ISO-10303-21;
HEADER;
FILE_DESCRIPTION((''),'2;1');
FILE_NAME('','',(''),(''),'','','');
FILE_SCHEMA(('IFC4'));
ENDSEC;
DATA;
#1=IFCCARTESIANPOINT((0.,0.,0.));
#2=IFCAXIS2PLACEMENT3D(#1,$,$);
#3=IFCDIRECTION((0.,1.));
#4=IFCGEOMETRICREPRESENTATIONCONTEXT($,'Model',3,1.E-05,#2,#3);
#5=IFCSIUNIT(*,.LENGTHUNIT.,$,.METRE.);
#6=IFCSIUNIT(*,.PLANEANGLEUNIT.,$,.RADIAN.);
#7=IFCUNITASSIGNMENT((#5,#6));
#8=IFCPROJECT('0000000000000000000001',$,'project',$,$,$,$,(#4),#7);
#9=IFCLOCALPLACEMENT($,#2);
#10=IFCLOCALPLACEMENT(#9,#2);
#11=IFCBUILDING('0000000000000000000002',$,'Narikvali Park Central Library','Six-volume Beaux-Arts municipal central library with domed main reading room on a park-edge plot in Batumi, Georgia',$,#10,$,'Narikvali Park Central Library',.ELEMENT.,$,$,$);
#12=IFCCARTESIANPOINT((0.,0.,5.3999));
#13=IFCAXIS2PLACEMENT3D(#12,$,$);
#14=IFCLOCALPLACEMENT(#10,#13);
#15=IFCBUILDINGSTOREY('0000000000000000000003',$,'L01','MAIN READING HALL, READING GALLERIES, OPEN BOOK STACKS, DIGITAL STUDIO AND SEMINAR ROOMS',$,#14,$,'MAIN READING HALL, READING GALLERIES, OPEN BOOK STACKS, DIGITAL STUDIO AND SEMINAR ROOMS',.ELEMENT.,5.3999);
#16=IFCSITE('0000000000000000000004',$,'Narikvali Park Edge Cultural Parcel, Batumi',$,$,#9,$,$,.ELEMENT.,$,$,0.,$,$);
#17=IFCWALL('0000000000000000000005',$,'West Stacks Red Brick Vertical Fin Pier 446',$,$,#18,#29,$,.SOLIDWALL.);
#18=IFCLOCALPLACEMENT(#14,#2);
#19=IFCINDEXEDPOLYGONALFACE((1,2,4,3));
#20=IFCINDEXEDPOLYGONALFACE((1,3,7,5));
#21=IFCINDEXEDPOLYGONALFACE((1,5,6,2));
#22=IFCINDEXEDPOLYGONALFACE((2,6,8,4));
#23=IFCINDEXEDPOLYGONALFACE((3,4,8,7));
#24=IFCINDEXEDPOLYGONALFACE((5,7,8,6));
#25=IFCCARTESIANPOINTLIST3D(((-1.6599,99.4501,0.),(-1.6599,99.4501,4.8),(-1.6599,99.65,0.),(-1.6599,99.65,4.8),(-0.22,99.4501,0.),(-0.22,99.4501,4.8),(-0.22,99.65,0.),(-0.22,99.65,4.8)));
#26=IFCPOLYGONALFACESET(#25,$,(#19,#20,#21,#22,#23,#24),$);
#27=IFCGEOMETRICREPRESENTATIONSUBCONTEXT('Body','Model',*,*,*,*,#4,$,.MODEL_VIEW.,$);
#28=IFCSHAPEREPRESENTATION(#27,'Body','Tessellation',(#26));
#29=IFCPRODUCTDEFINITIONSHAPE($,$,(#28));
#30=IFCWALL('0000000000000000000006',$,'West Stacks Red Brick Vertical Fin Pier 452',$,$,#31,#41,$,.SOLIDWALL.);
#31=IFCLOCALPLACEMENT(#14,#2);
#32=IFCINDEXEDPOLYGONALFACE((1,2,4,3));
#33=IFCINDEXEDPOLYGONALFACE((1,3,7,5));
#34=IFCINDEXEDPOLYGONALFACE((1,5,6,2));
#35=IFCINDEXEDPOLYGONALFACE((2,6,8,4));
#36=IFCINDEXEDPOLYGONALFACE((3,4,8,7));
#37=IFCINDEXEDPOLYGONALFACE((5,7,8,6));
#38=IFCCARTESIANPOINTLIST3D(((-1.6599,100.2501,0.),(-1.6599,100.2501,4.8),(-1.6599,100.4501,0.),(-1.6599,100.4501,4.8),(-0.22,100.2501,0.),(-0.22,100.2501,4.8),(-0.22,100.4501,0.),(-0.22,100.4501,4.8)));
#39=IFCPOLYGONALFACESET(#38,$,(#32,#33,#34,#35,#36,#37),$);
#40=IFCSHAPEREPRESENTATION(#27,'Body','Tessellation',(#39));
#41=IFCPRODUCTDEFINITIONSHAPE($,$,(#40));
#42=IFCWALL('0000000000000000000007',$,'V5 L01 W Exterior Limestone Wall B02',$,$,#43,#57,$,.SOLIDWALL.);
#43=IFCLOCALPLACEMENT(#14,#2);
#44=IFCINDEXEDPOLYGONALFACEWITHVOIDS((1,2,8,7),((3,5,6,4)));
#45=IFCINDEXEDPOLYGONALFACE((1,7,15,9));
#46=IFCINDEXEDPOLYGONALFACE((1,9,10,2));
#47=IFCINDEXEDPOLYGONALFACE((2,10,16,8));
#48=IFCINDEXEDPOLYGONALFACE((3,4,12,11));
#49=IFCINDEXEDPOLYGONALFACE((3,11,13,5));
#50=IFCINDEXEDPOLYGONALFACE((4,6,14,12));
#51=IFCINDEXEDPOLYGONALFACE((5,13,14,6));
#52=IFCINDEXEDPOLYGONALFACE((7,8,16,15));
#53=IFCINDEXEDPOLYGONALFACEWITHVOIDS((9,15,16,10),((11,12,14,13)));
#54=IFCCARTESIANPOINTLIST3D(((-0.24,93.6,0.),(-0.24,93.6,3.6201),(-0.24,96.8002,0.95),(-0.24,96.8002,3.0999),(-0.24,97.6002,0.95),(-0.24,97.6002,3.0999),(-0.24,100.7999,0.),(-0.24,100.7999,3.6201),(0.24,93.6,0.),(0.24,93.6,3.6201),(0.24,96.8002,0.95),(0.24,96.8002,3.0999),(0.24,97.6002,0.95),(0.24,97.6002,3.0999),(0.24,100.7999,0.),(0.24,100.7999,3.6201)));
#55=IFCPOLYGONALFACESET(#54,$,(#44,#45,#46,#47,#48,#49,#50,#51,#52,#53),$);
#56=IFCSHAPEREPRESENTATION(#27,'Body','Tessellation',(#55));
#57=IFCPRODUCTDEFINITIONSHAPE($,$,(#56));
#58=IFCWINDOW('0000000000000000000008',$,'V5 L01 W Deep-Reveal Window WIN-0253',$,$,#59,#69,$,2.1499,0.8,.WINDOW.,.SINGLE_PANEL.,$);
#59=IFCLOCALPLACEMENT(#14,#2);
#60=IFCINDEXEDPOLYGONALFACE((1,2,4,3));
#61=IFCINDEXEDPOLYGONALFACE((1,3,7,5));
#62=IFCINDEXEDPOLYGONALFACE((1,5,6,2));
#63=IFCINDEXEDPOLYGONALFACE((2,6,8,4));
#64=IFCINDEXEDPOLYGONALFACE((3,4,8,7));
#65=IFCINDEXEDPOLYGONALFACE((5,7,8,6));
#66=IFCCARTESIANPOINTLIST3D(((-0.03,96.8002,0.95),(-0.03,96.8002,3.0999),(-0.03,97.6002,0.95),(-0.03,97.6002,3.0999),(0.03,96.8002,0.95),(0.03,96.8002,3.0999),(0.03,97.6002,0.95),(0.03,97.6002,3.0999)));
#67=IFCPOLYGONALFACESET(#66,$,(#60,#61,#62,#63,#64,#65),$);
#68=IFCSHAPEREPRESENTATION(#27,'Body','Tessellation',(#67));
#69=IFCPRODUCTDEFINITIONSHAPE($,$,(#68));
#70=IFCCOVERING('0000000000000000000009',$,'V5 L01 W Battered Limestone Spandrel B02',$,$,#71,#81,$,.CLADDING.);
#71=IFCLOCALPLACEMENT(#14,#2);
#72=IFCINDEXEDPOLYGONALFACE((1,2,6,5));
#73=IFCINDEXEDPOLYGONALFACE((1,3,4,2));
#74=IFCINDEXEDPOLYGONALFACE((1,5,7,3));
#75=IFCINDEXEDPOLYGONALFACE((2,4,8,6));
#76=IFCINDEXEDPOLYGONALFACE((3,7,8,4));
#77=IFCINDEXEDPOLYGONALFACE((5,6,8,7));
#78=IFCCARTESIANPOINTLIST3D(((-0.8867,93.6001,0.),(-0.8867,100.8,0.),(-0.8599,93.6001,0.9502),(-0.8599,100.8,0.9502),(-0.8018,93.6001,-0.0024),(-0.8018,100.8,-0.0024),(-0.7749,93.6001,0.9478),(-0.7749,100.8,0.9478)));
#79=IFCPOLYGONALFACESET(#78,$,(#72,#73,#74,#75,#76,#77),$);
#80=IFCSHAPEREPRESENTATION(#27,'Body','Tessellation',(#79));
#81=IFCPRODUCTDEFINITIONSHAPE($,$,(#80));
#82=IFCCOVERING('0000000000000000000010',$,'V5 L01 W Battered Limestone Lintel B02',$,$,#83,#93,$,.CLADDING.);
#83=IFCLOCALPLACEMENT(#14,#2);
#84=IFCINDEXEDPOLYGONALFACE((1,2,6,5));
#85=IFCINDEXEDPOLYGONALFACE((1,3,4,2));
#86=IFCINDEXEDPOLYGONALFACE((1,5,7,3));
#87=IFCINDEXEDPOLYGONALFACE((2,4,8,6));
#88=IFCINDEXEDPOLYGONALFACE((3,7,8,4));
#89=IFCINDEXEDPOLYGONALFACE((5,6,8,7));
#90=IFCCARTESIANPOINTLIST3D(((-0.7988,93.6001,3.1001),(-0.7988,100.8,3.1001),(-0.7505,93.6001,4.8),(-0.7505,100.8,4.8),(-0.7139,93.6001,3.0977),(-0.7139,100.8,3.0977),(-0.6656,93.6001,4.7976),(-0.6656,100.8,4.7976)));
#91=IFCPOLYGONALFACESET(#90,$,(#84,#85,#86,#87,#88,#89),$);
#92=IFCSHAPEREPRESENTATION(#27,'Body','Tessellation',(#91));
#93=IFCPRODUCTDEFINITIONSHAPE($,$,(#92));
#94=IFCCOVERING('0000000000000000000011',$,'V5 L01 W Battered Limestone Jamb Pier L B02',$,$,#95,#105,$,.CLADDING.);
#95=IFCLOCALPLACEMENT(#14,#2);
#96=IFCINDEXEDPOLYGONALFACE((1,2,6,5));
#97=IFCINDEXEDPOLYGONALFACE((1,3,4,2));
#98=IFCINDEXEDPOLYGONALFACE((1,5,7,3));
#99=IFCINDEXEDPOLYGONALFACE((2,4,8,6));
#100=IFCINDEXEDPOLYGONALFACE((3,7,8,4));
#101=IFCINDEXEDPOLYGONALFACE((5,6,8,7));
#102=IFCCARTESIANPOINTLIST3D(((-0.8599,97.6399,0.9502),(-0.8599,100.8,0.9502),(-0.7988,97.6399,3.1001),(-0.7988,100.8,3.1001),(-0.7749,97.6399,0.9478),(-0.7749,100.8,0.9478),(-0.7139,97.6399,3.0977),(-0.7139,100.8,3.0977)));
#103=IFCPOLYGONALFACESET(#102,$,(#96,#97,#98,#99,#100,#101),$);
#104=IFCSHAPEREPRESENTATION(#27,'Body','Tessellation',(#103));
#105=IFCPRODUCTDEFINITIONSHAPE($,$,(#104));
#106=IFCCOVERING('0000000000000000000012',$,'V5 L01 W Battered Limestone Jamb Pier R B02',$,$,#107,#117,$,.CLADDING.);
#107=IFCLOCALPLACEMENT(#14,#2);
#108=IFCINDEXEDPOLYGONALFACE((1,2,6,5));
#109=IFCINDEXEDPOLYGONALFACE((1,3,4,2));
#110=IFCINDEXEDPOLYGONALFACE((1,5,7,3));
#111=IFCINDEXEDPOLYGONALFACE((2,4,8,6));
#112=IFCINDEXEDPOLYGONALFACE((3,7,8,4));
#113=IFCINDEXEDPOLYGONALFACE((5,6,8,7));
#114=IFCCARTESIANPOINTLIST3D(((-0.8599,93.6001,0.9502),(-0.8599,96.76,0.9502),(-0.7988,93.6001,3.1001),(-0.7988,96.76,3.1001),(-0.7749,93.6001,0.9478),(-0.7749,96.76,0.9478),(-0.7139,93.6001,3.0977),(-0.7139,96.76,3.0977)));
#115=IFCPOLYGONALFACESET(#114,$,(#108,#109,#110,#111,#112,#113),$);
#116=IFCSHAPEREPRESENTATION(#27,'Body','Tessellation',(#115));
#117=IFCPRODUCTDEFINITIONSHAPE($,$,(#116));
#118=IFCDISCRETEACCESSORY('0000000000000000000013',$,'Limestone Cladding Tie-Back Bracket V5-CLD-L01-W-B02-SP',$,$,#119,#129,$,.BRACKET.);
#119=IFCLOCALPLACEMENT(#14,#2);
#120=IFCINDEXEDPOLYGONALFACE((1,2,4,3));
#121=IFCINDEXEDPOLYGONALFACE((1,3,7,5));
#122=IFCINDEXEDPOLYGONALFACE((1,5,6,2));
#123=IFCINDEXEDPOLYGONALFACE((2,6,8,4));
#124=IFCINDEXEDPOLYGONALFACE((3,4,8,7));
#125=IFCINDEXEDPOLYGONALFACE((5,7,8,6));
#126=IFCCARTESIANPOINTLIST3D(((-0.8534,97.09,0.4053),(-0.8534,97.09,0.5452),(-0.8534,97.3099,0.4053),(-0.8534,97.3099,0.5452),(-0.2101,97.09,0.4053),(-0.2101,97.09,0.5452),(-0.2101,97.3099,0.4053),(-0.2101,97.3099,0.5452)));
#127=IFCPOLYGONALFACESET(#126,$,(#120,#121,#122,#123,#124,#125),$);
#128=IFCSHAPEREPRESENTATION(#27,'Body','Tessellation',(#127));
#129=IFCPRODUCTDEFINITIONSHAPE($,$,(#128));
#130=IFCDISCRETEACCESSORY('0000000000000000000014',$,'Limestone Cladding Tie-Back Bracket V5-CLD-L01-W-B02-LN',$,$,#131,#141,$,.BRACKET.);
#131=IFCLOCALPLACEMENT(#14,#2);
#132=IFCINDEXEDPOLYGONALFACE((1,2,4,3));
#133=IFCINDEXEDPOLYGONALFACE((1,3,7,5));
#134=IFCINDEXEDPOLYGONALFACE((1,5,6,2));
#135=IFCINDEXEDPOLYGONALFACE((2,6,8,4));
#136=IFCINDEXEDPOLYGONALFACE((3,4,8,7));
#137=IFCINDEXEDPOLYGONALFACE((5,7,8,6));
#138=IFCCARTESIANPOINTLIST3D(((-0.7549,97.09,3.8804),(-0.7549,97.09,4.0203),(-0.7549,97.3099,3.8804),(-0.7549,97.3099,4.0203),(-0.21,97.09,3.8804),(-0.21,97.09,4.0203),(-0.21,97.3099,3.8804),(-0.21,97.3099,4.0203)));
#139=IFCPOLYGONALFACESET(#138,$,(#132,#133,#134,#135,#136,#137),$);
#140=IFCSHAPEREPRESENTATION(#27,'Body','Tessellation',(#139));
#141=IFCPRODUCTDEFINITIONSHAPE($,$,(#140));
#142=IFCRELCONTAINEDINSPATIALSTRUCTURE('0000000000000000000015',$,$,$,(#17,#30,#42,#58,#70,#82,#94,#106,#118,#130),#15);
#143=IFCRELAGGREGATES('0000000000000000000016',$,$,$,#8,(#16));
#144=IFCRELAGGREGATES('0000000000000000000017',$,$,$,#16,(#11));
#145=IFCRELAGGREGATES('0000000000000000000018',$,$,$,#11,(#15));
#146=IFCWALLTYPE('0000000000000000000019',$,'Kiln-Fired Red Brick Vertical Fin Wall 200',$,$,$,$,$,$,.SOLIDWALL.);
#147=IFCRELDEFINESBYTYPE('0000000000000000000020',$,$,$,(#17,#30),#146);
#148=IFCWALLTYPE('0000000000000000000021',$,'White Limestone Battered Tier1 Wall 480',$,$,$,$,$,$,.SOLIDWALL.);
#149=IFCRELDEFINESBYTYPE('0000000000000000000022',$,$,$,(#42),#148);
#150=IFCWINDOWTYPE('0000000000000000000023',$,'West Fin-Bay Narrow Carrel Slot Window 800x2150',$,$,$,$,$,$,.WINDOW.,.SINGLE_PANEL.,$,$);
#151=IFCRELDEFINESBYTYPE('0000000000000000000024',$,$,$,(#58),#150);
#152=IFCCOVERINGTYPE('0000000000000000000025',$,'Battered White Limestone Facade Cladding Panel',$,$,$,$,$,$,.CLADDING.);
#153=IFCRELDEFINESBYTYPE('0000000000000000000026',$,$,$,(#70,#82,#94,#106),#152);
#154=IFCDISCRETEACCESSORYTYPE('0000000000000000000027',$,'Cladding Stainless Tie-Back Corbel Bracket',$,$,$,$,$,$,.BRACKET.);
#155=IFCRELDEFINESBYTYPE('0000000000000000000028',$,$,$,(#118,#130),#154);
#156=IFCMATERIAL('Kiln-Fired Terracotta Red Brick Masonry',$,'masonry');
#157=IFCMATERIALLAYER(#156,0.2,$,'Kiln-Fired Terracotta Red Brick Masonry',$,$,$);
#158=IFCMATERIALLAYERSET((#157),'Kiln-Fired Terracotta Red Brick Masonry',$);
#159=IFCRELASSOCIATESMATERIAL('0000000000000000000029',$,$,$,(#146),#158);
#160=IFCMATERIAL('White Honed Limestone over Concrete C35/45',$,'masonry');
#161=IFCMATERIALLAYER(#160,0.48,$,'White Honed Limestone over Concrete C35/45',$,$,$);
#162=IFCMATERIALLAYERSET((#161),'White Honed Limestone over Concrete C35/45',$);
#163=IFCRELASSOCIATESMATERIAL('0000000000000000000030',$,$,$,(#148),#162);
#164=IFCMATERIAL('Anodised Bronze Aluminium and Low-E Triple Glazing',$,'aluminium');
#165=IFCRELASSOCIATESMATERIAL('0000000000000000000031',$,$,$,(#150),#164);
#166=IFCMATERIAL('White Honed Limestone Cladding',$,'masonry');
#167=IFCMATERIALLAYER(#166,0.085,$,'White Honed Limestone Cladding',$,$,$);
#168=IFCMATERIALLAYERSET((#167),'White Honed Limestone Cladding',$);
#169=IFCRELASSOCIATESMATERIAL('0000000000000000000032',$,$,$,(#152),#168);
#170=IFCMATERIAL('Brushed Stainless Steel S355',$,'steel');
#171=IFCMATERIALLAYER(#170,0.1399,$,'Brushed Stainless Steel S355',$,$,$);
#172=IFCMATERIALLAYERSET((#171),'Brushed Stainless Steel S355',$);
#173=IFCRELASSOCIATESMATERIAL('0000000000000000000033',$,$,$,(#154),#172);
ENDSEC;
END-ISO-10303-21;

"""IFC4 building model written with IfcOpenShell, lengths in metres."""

from ifc_helpers import new_model, si_unit, direction, frame, frame_2d, origin, origin_2d, place, context, subcontext, project, spatial, polyline, rectangle, outline, extrude, material, layer, layer_set, type_object, element, fill, save


model = new_model("IFC4")

# Units and contexts
model_context = context("Model", 3, precision=1e-05, world=origin(), true_north=direction((0.0, 1.0)))
body_context = subcontext(model_context, "Body", "Model", "MODEL_VIEW")
ifc_project = project(units=[si_unit("LENGTHUNIT", "METRE"), si_unit("PLANEANGLEUNIT", "RADIAN")], contexts=[model_context])

# Site, building, storey
site_placement = place(None, origin())
site = spatial("IfcSite", under=ifc_project, at=site_placement, Name="Narikvali Park Edge Cultural Parcel, Batumi", CompositionType="ELEMENT", RefElevation=0.0)
building_placement = place(site_placement, origin())
building = spatial("IfcBuilding", under=site, at=building_placement, Name="Narikvali Park Central Library", Description="Six-volume Beaux-Arts municipal central library with domed main reading room on a park-edge plot in Batumi, Georgia", LongName="Narikvali Park Central Library", CompositionType="ELEMENT")
storey_placement = place(building_placement, frame((0.0, 0.0, 5.3999)))
storey = spatial("IfcBuildingStorey", under=building, at=storey_placement, Name="L01", Description="MAIN READING HALL, READING GALLERIES, OPEN BOOK STACKS, DIGITAL STUDIO AND SEMINAR ROOMS", LongName="MAIN READING HALL, READING GALLERIES, OPEN BOOK STACKS, DIGITAL STUDIO AND SEMINAR ROOMS", CompositionType="ELEMENT", Elevation=5.3999)

# Walls
ifc_material_1 = material(Name="Kiln-Fired Terracotta Red Brick Masonry", Category="masonry")
ifc_layer_1 = layer(ifc_material_1, 0.2, Name="Kiln-Fired Terracotta Red Brick Masonry")
ifc_layer_set_1 = layer_set([ifc_layer_1], Name="Kiln-Fired Terracotta Red Brick Masonry")
wall_type_1 = type_object("IfcWallType", Name="Kiln-Fired Red Brick Vertical Fin Wall 200", PredefinedType="SOLIDWALL", material=ifc_layer_set_1)
for number, where, z_axis, x_axis, name in (
    (1, (-1.6599, 99.55, 0.0), (0.0, 0.0, 1.0), (1.0, 0.0, 0.0), "West Stacks Red Brick Vertical Fin Pier 446"),
    (2, (-1.6599, 100.3501, 0.0), (0.0, 0.0, 1.0), (1.0, 0.0, 0.0), "West Stacks Red Brick Vertical Fin Pier 452"),
):
    element("IfcWall", number, at=place(storey_placement, frame(where, z_axis=z_axis, x_axis=x_axis)), inside=storey, type_object=wall_type_1, Name=name, PredefinedType="SOLIDWALL", context=body_context, shape_type="SweptSolid", body=[
        extrude(rectangle(XDim=1.4399, YDim=0.2, at=frame_2d((0.72, 0.0))), origin(), (0.0, 0.0, 1.0), 4.8),
    ])

# Wall, opening, window
ifc_material_2 = material(Name="White Honed Limestone over Concrete C35/45", Category="masonry")
ifc_layer_2 = layer(ifc_material_2, 0.48, Name="White Honed Limestone over Concrete C35/45")
ifc_layer_set_2 = layer_set([ifc_layer_2], Name="White Honed Limestone over Concrete C35/45")
wall_type_2 = type_object("IfcWallType", Name="White Limestone Battered Tier1 Wall 480", PredefinedType="SOLIDWALL", material=ifc_layer_set_2)
wall_placement = place(storey_placement, frame((0.0, 100.8, 0.0), z_axis=(0.0, 0.0, 1.0), x_axis=(0.0, -1.0, 0.0)))
wall = element("IfcWall", 3, at=wall_placement, inside=storey, type_object=wall_type_2, Name="V5 L01 W Exterior Limestone Wall B02", PredefinedType="SOLIDWALL", context=body_context, shape_type="SweptSolid", body=[
    extrude(rectangle(XDim=7.2, YDim=0.48, at=frame_2d((3.6001, 0.0))), origin(), (0.0, 0.0, 1.0), 3.6201),
])
opening_placement = place(wall_placement, frame((3.2, 0.0, 0.95)))
opening = element("IfcOpeningElement", 4, at=opening_placement, cuts=wall, PredefinedType="OPENING", context=body_context, shape_type="SweptSolid", body=[
    extrude(rectangle(XDim=0.8, YDim=2.1499, at=frame_2d((0.3999, 1.075))), frame((0.0, 0.252, 0.0), z_axis=(0.0, -1.0, 0.0), x_axis=(1.0, 0.0, 0.0)), (0.0, 0.0, 1.0), 0.5039),
])
ifc_material_3 = material(Name="Anodised Bronze Aluminium and Low-E Triple Glazing", Category="aluminium")
window_type = type_object("IfcWindowType", Name="West Fin-Bay Narrow Carrel Slot Window 800x2150", PartitioningType="SINGLE_PANEL", PredefinedType="WINDOW", material=ifc_material_3)
window_placement = place(opening_placement, origin())
window = element("IfcWindow", 5, at=window_placement, inside=storey, type_object=window_type, Name="V5 L01 W Deep-Reveal Window WIN-0253", OverallHeight=2.1499, OverallWidth=0.8, PartitioningType="SINGLE_PANEL", PredefinedType="WINDOW", context=body_context, shape_type="SweptSolid", body=[
    extrude(rectangle(XDim=0.8, YDim=2.1499, at=frame_2d((0.3999, 1.075))), frame((0.0, 0.03, 0.0), z_axis=(0.0, -1.0, 0.0), x_axis=(1.0, 0.0, 0.0)), (0.0, 0.0, 1.0), 0.0601),
])
fill(opening, window)

# Coverings
ifc_material_4 = material(Name="White Honed Limestone Cladding", Category="masonry")
ifc_layer_3 = layer(ifc_material_4, 0.085, Name="White Honed Limestone Cladding")
ifc_layer_set_3 = layer_set([ifc_layer_3], Name="White Honed Limestone Cladding")
covering_type = type_object("IfcCoveringType", Name="Battered White Limestone Facade Cladding Panel", PredefinedType="CLADDING", material=ifc_layer_set_3)
covering_1_placement = place(storey_placement, frame((-0.8867, 100.8, 0.0), z_axis=(-0.999601, 0.0, 0.028252), x_axis=(0.0, -1.0, 0.0)))
element("IfcCovering", 6, at=covering_1_placement, inside=storey, type_object=covering_type, Name="V5 L01 W Battered Limestone Spandrel B02", PredefinedType="CLADDING", context=body_context, shape_type="SweptSolid", body=[
    extrude(outline(polyline([(0.0, 0.0), (7.2, 0.0), (7.2, 0.9506), (0.0, 0.9506), (0.0, 0.0)])), origin(), (0.0, 0.0, -1.0), 0.085),
])
covering_2_placement = place(storey_placement, frame((-0.7988, 100.8, 3.1001), z_axis=(-0.999596, 0.0, 0.028425), x_axis=(0.0, -1.0, 0.0)))
element("IfcCovering", 7, at=covering_2_placement, inside=storey, type_object=covering_type, Name="V5 L01 W Battered Limestone Lintel B02", PredefinedType="CLADDING", context=body_context, shape_type="SweptSolid", body=[
    extrude(outline(polyline([(0.0, 0.0), (7.2, 0.0), (7.2, 1.7006), (0.0, 1.7006), (0.0, 0.0)])), origin(), (0.0, 0.0, -1.0), 0.085),
])
covering_3_placement = place(storey_placement, frame((-0.8599, 100.8, 0.9502), z_axis=(-0.999597, 0.0, 0.028378), x_axis=(0.0, -1.0, 0.0)))
element("IfcCovering", 8, at=covering_3_placement, inside=storey, type_object=covering_type, Name="V5 L01 W Battered Limestone Jamb Pier L B02", PredefinedType="CLADDING", context=body_context, shape_type="SweptSolid", body=[
    extrude(outline(polyline([(0.0, 0.0), (3.1602, 0.0), (3.1602, 2.1508), (0.0, 2.1508), (0.0, 0.0)])), origin(), (0.0, 0.0, -1.0), 0.085),
])
covering_4_placement = place(storey_placement, frame((-0.8599, 96.76, 0.9502), z_axis=(-0.999597, 0.0, 0.028378), x_axis=(0.0, -1.0, 0.0)))
element("IfcCovering", 9, at=covering_4_placement, inside=storey, type_object=covering_type, Name="V5 L01 W Battered Limestone Jamb Pier R B02", PredefinedType="CLADDING", context=body_context, shape_type="SweptSolid", body=[
    extrude(outline(polyline([(0.0, 0.0), (3.1599, 0.0), (3.1599, 2.1508), (0.0, 2.1508), (0.0, 0.0)])), origin(), (0.0, 0.0, -1.0), 0.085),
])

# Discrete accessories
ifc_material_5 = material(Name="Brushed Stainless Steel S355", Category="steel")
ifc_layer_4 = layer(ifc_material_5, 0.1399, Name="Brushed Stainless Steel S355")
ifc_layer_set_4 = layer_set([ifc_layer_4], Name="Brushed Stainless Steel S355")
discrete_accessory_type = type_object("IfcDiscreteAccessoryType", Name="Cladding Stainless Tie-Back Corbel Bracket", PredefinedType="BRACKET", material=ifc_layer_set_4)
discrete_accessory_1_placement = place(storey_placement, frame((-0.5317, 97.2, 0.4053), z_axis=(0.0, 0.0, 1.0), x_axis=(1.0, 0.0, 0.0)))
element("IfcDiscreteAccessory", 10, at=discrete_accessory_1_placement, inside=storey, type_object=discrete_accessory_type, Name="Limestone Cladding Tie-Back Bracket V5-CLD-L01-W-B02-SP", PredefinedType="BRACKET", context=body_context, shape_type="SweptSolid", body=[
    extrude(rectangle(XDim=0.6433, YDim=0.22, at=origin_2d()), origin(), (0.0, 0.0, 1.0), 0.1399),
])
discrete_accessory_2_placement = place(storey_placement, frame((-0.4824, 97.2, 3.8804), z_axis=(0.0, 0.0, 1.0), x_axis=(1.0, 0.0, 0.0)))
element("IfcDiscreteAccessory", 11, at=discrete_accessory_2_placement, inside=storey, type_object=discrete_accessory_type, Name="Limestone Cladding Tie-Back Bracket V5-CLD-L01-W-B02-LN", PredefinedType="BRACKET", context=body_context, shape_type="SweptSolid", body=[
    extrude(rectangle(XDim=0.5449, YDim=0.22, at=origin_2d()), origin(), (0.0, 0.0, 1.0), 0.1399),
])

save(model, "model.ifc")
